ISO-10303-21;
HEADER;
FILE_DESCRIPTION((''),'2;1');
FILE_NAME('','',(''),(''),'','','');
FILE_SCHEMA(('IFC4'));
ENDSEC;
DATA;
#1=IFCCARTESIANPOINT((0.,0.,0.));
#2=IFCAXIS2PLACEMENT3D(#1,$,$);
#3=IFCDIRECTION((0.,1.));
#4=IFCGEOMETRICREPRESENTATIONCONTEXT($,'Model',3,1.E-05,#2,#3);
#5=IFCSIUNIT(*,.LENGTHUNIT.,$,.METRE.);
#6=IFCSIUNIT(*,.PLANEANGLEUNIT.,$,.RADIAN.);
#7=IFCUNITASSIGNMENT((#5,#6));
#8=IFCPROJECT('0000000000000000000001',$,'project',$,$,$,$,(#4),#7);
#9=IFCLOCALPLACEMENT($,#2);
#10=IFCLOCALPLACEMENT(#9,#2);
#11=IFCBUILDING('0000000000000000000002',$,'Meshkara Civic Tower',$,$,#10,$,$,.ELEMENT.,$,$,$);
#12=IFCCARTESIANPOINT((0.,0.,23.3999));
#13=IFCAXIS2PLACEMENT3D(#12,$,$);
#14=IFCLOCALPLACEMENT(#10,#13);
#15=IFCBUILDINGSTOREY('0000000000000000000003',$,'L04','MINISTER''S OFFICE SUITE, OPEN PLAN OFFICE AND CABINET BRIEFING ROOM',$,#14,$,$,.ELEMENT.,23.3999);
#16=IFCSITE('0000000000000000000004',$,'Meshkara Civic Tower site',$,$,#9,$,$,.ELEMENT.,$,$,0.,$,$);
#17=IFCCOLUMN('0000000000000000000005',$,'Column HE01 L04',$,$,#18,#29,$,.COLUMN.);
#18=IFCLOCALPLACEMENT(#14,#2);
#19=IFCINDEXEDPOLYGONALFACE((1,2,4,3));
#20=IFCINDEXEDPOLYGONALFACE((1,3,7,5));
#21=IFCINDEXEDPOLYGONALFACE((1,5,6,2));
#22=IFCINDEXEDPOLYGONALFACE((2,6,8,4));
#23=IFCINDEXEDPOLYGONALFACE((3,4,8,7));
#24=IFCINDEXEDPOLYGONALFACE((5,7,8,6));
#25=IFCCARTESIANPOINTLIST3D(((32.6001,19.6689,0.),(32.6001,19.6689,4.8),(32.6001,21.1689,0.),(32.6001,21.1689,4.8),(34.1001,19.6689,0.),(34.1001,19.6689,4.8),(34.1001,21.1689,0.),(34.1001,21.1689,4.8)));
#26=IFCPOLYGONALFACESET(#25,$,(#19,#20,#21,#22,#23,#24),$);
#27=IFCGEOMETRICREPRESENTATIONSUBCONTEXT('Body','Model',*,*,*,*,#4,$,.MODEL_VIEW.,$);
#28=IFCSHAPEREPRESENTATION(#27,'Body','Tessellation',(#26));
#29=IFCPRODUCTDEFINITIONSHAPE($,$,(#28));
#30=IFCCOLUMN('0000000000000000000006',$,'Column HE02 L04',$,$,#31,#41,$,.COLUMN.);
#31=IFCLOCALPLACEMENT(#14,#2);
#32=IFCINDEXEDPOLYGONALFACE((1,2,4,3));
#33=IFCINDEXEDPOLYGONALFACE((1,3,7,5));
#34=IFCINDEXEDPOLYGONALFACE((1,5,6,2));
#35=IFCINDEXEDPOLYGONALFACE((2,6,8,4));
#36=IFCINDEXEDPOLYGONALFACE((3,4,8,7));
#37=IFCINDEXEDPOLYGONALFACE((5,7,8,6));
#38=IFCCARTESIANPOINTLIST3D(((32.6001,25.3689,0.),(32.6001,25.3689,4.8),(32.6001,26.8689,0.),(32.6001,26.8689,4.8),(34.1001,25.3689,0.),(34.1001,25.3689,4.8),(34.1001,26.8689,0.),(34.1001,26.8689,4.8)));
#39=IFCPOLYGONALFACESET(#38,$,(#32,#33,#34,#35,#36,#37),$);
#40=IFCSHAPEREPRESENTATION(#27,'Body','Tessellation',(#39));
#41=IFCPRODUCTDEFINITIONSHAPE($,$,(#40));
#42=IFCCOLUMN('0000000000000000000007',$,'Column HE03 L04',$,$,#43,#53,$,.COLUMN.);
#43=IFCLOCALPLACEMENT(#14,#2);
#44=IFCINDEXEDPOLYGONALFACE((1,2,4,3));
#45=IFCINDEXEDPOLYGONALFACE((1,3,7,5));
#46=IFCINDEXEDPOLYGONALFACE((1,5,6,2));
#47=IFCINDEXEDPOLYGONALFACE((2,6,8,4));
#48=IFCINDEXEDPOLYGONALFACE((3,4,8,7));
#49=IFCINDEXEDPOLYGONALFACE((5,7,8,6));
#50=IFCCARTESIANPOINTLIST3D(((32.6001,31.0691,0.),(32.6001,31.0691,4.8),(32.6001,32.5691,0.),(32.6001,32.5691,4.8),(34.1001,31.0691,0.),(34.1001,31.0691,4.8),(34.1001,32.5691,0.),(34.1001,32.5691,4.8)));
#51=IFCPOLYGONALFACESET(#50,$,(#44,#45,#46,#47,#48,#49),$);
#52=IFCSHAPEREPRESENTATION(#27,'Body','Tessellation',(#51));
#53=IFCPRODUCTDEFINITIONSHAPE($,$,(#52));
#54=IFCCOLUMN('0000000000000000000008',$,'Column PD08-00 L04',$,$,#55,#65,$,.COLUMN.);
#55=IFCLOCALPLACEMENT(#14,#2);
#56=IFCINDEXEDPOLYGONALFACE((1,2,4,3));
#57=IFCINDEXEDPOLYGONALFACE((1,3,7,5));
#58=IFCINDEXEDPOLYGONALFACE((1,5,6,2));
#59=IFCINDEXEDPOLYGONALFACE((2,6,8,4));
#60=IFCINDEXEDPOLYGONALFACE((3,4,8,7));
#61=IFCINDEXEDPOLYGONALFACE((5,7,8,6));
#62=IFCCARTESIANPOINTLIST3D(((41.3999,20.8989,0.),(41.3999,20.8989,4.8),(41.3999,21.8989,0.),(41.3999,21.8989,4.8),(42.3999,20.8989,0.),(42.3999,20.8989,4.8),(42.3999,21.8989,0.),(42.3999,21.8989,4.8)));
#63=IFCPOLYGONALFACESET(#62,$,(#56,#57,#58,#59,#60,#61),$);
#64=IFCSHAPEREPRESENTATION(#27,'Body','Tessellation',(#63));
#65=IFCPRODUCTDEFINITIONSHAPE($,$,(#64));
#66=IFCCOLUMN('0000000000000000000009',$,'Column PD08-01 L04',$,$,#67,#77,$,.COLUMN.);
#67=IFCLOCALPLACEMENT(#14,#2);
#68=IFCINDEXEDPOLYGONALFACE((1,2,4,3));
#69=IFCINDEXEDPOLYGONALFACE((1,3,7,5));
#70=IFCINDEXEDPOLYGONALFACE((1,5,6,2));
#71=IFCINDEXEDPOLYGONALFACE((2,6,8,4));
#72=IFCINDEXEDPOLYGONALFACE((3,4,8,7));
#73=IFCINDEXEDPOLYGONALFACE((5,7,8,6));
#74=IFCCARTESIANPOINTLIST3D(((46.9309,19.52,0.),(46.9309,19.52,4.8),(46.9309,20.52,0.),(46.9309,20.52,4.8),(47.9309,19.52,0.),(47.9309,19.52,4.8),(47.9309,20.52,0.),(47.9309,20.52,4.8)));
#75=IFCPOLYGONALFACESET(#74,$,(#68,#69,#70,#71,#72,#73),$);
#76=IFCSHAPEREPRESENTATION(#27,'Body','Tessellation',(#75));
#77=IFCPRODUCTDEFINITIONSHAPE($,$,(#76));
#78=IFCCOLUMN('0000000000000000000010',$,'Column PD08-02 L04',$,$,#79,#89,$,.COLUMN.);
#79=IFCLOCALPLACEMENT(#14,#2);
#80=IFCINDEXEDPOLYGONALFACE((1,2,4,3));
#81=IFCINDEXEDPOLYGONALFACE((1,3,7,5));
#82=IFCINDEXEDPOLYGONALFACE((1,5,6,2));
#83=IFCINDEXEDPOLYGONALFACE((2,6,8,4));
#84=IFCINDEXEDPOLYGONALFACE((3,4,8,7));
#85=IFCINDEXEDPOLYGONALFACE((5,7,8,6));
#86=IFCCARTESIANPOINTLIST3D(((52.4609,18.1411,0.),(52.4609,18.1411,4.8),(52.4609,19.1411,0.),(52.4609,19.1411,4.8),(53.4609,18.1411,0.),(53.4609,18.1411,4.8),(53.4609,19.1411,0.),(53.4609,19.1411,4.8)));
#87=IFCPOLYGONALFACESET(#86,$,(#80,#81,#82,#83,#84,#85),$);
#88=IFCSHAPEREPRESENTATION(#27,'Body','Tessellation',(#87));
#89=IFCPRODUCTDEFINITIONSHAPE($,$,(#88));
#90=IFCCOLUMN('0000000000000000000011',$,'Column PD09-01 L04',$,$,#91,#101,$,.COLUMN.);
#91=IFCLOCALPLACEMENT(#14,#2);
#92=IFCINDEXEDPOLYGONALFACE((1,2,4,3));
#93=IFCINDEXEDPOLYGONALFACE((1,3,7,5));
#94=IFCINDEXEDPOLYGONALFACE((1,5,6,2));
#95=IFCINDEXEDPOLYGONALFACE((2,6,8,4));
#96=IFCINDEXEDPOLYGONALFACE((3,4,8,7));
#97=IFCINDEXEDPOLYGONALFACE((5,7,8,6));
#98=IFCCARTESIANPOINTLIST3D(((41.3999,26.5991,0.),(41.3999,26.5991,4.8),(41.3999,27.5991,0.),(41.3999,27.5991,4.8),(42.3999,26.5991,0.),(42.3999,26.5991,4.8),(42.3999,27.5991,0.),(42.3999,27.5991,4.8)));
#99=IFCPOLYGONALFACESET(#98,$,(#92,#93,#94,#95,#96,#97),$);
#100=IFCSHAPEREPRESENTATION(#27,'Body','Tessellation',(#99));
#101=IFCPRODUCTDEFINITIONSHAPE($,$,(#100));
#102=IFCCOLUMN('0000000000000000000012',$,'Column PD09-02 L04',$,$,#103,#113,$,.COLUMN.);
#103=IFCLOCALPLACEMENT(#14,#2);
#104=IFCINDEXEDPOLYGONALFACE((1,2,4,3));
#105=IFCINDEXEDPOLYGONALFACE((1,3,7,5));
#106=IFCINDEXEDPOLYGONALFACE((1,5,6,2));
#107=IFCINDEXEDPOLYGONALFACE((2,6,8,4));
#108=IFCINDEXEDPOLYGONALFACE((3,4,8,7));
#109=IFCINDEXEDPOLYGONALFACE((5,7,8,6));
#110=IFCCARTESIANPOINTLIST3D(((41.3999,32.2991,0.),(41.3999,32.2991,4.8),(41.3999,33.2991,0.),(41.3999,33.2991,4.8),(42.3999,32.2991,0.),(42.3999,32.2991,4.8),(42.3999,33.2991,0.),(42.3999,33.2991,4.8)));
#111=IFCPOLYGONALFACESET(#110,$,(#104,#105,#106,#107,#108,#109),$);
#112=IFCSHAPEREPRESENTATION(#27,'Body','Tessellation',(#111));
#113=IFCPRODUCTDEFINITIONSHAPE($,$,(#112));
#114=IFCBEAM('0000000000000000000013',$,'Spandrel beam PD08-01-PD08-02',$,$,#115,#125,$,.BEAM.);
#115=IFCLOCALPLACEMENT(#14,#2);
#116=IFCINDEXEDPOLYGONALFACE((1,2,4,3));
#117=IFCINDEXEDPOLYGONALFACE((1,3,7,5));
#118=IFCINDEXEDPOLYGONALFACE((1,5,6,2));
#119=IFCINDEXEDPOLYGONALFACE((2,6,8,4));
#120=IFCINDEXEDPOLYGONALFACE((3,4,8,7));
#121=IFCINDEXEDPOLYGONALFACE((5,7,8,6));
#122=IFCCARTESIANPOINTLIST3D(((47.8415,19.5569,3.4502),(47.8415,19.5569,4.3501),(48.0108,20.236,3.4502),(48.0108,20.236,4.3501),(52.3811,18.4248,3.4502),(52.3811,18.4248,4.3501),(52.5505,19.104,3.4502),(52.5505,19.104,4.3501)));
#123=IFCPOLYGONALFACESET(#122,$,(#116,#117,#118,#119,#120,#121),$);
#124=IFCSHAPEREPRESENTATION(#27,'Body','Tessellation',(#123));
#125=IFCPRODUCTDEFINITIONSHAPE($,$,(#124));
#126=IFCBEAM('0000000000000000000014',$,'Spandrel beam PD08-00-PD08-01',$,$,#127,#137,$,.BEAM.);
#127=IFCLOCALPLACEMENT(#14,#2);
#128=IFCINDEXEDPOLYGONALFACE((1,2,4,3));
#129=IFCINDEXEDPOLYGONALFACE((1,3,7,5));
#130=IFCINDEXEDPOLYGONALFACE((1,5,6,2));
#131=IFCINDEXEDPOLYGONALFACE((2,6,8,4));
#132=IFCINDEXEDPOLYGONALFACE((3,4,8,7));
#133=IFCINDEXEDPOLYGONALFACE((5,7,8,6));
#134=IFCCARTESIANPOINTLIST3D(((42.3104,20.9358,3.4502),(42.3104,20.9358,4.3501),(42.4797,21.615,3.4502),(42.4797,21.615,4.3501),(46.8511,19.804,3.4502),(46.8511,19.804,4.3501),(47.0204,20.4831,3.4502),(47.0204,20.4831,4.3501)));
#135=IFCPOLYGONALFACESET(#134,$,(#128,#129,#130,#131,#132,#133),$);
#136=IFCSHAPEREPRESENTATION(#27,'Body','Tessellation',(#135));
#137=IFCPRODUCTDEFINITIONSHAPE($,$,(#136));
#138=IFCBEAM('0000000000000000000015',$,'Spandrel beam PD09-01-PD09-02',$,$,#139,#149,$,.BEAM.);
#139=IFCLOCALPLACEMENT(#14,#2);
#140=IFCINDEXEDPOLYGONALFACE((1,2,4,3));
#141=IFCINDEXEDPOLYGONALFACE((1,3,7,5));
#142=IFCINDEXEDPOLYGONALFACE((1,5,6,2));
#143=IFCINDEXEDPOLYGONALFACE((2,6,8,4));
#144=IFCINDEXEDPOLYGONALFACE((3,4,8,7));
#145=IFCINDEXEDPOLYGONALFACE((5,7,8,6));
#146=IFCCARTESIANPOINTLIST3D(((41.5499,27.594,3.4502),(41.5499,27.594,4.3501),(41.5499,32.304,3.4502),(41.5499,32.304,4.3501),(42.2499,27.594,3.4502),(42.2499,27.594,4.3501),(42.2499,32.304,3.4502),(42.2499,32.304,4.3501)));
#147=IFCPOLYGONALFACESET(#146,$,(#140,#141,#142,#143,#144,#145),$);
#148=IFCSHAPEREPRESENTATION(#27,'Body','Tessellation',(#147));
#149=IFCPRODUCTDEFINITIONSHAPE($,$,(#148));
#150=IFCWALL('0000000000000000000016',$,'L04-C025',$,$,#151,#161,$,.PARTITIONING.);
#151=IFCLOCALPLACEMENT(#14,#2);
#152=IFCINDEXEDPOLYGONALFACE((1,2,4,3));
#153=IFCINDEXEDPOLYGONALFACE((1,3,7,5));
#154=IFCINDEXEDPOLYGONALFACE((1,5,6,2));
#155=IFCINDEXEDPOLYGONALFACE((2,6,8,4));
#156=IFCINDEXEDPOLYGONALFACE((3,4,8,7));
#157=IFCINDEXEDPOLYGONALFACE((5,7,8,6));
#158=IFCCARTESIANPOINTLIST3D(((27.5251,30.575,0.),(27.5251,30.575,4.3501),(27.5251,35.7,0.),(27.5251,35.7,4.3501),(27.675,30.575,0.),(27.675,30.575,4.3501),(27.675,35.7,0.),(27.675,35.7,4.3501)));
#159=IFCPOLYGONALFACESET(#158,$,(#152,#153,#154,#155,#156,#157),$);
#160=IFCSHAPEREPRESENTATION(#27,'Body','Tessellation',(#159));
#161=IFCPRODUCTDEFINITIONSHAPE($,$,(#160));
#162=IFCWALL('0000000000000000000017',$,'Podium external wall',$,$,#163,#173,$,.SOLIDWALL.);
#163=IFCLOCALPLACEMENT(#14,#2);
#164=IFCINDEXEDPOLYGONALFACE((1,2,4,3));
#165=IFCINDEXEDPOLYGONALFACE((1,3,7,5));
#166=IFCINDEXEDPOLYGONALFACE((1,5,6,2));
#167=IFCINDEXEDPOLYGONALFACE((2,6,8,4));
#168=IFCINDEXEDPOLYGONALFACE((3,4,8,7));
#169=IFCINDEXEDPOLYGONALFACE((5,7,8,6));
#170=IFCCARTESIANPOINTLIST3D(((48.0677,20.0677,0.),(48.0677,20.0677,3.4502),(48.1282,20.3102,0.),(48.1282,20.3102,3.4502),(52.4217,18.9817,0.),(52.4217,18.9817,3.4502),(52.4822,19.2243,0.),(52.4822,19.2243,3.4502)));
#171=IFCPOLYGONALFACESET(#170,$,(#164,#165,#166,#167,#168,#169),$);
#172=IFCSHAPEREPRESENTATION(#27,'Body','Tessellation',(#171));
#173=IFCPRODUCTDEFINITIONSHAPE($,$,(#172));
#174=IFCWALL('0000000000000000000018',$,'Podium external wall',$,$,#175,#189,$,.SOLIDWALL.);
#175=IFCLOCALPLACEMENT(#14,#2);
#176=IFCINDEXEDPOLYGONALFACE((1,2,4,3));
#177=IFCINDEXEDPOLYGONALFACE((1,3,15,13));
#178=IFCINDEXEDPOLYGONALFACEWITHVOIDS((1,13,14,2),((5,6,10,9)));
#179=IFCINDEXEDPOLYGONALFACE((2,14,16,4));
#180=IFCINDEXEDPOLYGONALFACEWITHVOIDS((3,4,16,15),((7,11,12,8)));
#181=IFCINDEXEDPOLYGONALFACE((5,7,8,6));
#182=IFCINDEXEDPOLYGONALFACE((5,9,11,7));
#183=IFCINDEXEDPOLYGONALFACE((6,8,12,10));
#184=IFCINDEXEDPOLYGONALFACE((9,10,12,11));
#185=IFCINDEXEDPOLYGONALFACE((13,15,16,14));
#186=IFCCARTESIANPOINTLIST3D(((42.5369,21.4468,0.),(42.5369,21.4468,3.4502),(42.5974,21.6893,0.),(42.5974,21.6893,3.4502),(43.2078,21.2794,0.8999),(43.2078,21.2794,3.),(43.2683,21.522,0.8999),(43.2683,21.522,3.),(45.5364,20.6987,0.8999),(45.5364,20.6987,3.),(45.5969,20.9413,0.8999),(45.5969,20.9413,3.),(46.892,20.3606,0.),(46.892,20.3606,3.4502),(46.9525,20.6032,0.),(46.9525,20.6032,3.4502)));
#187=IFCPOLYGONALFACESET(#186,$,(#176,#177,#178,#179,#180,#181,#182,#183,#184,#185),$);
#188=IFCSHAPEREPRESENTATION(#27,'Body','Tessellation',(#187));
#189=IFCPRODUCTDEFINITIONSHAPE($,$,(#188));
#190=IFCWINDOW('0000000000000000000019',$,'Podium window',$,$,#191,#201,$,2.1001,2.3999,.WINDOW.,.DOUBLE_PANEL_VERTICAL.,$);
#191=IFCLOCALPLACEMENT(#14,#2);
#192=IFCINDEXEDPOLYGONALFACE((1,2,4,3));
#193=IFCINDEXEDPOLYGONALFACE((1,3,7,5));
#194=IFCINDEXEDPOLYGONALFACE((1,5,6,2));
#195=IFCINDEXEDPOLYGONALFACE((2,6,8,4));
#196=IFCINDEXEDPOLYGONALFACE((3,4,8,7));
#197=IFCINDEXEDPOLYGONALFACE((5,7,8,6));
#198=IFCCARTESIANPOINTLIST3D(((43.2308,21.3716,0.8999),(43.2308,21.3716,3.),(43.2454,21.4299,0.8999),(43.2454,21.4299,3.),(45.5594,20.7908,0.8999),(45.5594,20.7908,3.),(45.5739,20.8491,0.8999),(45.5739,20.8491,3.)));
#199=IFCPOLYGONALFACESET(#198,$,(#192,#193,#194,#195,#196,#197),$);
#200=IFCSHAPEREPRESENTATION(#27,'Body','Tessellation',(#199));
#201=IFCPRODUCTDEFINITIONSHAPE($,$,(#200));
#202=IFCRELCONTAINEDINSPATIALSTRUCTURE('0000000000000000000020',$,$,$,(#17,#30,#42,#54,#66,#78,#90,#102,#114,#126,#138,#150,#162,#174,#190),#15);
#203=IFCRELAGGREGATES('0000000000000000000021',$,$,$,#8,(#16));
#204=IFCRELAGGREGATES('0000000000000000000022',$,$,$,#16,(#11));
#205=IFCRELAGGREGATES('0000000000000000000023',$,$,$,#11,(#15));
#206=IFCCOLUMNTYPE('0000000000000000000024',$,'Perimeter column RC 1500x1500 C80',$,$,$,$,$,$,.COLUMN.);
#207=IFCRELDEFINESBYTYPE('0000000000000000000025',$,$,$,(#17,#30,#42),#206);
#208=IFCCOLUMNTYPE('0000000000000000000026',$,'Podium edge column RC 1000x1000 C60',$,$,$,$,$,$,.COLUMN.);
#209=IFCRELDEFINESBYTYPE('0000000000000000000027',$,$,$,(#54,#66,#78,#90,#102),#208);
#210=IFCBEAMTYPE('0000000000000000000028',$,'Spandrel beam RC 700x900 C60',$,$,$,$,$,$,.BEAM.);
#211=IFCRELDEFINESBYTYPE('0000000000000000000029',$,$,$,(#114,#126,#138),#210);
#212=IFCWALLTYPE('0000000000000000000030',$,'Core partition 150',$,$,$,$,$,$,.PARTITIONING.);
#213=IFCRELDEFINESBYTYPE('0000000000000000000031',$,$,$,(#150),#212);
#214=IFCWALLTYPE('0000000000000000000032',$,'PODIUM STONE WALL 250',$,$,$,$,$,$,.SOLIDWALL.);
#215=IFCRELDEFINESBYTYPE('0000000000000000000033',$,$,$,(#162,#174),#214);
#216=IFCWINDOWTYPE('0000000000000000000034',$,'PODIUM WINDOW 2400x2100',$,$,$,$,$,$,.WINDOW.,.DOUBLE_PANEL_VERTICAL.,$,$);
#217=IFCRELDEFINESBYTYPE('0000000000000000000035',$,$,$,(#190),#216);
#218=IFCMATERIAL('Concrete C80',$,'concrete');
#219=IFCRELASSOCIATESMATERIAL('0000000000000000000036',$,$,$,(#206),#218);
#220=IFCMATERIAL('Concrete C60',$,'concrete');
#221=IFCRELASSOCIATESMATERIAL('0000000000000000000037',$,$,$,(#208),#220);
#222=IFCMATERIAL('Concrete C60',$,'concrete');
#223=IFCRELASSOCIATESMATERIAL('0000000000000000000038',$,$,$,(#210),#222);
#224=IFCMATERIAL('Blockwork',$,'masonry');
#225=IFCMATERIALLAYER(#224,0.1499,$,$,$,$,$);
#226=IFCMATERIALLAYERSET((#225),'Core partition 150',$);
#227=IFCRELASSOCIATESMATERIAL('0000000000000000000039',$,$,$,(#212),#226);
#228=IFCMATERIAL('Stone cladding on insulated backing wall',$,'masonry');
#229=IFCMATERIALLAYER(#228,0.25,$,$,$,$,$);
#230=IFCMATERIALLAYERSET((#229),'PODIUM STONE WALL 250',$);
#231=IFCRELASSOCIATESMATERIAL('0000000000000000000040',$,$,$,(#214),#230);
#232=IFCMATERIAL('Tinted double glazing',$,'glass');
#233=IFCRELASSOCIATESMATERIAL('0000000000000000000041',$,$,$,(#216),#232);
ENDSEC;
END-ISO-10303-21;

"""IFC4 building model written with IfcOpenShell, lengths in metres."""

from ifc_helpers import new_model, si_unit, direction, frame, frame_2d, origin, origin_2d, place, context, subcontext, project, spatial, rectangle, extrude, material, layer, layer_set, material_profile, profile_set, type_object, element, fill, save


model = new_model("IFC4")

# Units and contexts
model_context = context("Model", 3, precision=1e-05, world=origin(), true_north=direction((0.0, 1.0)))
body_context = subcontext(model_context, "Body", "Model", "MODEL_VIEW")
ifc_project = project(units=[si_unit("LENGTHUNIT", "METRE"), si_unit("PLANEANGLEUNIT", "RADIAN")], contexts=[model_context])

# Site, building, storey
site_placement = place(None, origin())
site = spatial("IfcSite", under=ifc_project, at=site_placement, Name="Meshkara Civic Tower site", CompositionType="ELEMENT", RefElevation=0.0)
building_placement = place(site_placement, origin())
building = spatial("IfcBuilding", under=site, at=building_placement, Name="Meshkara Civic Tower", CompositionType="ELEMENT")
storey_placement = place(building_placement, frame((0.0, 0.0, 23.3999)))
storey = spatial("IfcBuildingStorey", under=building, at=storey_placement, Name="L04", Description="MINISTER'S OFFICE SUITE, OPEN PLAN OFFICE AND CABINET BRIEFING ROOM", CompositionType="ELEMENT", Elevation=23.3999)

# Columns
ifc_material_1 = material(Name="Concrete C80", Category="concrete")
ifc_material_profile_1 = material_profile(ifc_material_1, rectangle(XDim=1.5, YDim=1.5, at=origin_2d()))
ifc_profile_set_1 = profile_set([ifc_material_profile_1], Name="Concrete C80")
column_type_1 = type_object("IfcColumnType", Name="Perimeter column RC 1500x1500 C80", PredefinedType="COLUMN", material=ifc_profile_set_1)
for number, where, z_axis, x_axis, name in (
    (1, (33.3501, 20.4189, 0.0), (0.0, 0.0, 1.0), (1.0, 0.0, 0.0), "Column HE01 L04"),
    (2, (33.3501, 26.1189, 0.0), (0.0, 0.0, 1.0), (1.0, 0.0, 0.0), "Column HE02 L04"),
    (3, (33.3501, 31.8191, 0.0), (0.0, 0.0, 1.0), (1.0, 0.0, 0.0), "Column HE03 L04"),
):
    element("IfcColumn", number, at=place(storey_placement, frame(where, z_axis=z_axis, x_axis=x_axis)), inside=storey, type_object=column_type_1, Name=name, PredefinedType="COLUMN", context=body_context, shape_type="SweptSolid", body=[
        extrude(rectangle(XDim=1.5, YDim=1.5, at=origin_2d()), origin(), (0.0, 0.0, 1.0), 4.8),
    ])
ifc_material_2 = material(Name="Concrete C60", Category="concrete")
ifc_material_profile_2 = material_profile(ifc_material_2, rectangle(XDim=1.0, YDim=1.0, at=origin_2d()))
ifc_profile_set_2 = profile_set([ifc_material_profile_2], Name="Concrete C60")
column_type_2 = type_object("IfcColumnType", Name="Podium edge column RC 1000x1000 C60", PredefinedType="COLUMN", material=ifc_profile_set_2)
for number, where, z_axis, x_axis, name in (
    (4, (41.8999, 21.3989, 0.0), (0.0, 0.0, 1.0), (1.0, 0.0, 0.0), "Column PD08-00 L04"),
    (5, (47.4309, 20.02, 0.0), (0.0, 0.0, 1.0), (1.0, 0.0, 0.0), "Column PD08-01 L04"),
    (6, (52.9609, 18.6411, 0.0), (0.0, 0.0, 1.0), (1.0, 0.0, 0.0), "Column PD08-02 L04"),
    (7, (41.8999, 27.0991, 0.0), (0.0, 0.0, 1.0), (1.0, 0.0, 0.0), "Column PD09-01 L04"),
    (8, (41.8999, 32.7991, 0.0), (0.0, 0.0, 1.0), (1.0, 0.0, 0.0), "Column PD09-02 L04"),
):
    element("IfcColumn", number, at=place(storey_placement, frame(where, z_axis=z_axis, x_axis=x_axis)), inside=storey, type_object=column_type_2, Name=name, PredefinedType="COLUMN", context=body_context, shape_type="SweptSolid", body=[
        extrude(rectangle(XDim=1.0, YDim=1.0, at=origin_2d()), origin(), (0.0, 0.0, 1.0), 4.8),
    ])

# Beams
ifc_material_3 = material(Name="Concrete C60", Category="concrete")
ifc_material_profile_3 = material_profile(ifc_material_3, rectangle(XDim=0.7, YDim=0.8999, at=origin_2d()))
ifc_profile_set_3 = profile_set([ifc_material_profile_3], Name="Concrete C60")
beam_type = type_object("IfcBeamType", Name="Spandrel beam RC 700x900 C60", PredefinedType="BEAM", material=ifc_profile_set_3)
beam_1_placement = place(storey_placement, frame((52.4658, 18.7644, 3.9001), z_axis=(-0.970287, 0.241959, 0.0), x_axis=(-0.241959, -0.970287, 0.0)))
element("IfcBeam", 9, at=beam_1_placement, inside=storey, type_object=beam_type, Name="Spandrel beam PD08-01-PD08-02", PredefinedType="BEAM", context=body_context, shape_type="SweptSolid", body=[
    extrude(rectangle(XDim=0.7, YDim=0.8999, at=origin_2d()), origin(), (0.0, 0.0, 1.0), 4.6787),
])
beam_2_placement = place(storey_placement, frame((46.9358, 20.1436, 3.9001), z_axis=(-0.970311, 0.24186, 0.0), x_axis=(-0.24186, -0.970311, 0.0)))
element("IfcBeam", 10, at=beam_2_placement, inside=storey, type_object=beam_type, Name="Spandrel beam PD08-00-PD08-01", PredefinedType="BEAM", context=body_context, shape_type="SweptSolid", body=[
    extrude(rectangle(XDim=0.7, YDim=0.8999, at=origin_2d()), origin(), (0.0, 0.0, 1.0), 4.6797),
])
beam_3_placement = place(storey_placement, frame((41.8999, 27.594, 3.9001), z_axis=(0.0, 1.0, 0.0), x_axis=(-1.0, 0.0, 0.0)))
element("IfcBeam", 11, at=beam_3_placement, inside=storey, type_object=beam_type, Name="Spandrel beam PD09-01-PD09-02", PredefinedType="BEAM", context=body_context, shape_type="SweptSolid", body=[
    extrude(rectangle(XDim=0.7, YDim=0.8999, at=origin_2d()), origin(), (0.0, 0.0, 1.0), 4.71),
])

# Walls
ifc_material_4 = material(Name="Blockwork", Category="masonry")
ifc_layer_1 = layer(ifc_material_4, 0.1499)
ifc_layer_set_1 = layer_set([ifc_layer_1], Name="Core partition 150")
wall_type_1 = type_object("IfcWallType", Name="Core partition 150", PredefinedType="PARTITIONING", material=ifc_layer_set_1)
wall_1_placement = place(storey_placement, frame((27.6001, 30.575, 0.0), z_axis=(0.0, 0.0, 1.0), x_axis=(0.0, 1.0, 0.0)))
element("IfcWall", 12, at=wall_1_placement, inside=storey, type_object=wall_type_1, Name="L04-C025", PredefinedType="PARTITIONING", context=body_context, shape_type="SweptSolid", body=[
    extrude(rectangle(XDim=5.125, YDim=0.1499, at=frame_2d((2.5625, 0.0))), origin(), (0.0, 0.0, 1.0), 4.3501),
])
ifc_material_5 = material(Name="Stone cladding on insulated backing wall", Category="masonry")
ifc_layer_2 = layer(ifc_material_5, 0.25)
ifc_layer_set_2 = layer_set([ifc_layer_2], Name="PODIUM STONE WALL 250")
wall_type_2 = type_object("IfcWallType", Name="PODIUM STONE WALL 250", PredefinedType="SOLIDWALL", material=ifc_layer_set_2)
wall_2_placement = place(storey_placement, frame((52.4519, 19.103, 0.0), z_axis=(0.0, 0.0, 1.0), x_axis=(-0.970277, 0.241998, 0.0)))
element("IfcWall", 13, at=wall_2_placement, inside=storey, type_object=wall_type_2, Name="Podium external wall", PredefinedType="SOLIDWALL", context=body_context, shape_type="SweptSolid", body=[
    extrude(rectangle(XDim=4.4873, YDim=0.25, at=frame_2d((2.2437, 0.0))), origin(), (0.0, 0.0, 1.0), 3.4502),
])

# Wall, opening, window
wall_3_placement = place(storey_placement, frame((46.9221, 20.4819, 0.0), z_axis=(0.0, 0.0, 1.0), x_axis=(-0.97028, 0.241985, 0.0)))
wall_3 = element("IfcWall", 14, at=wall_3_placement, inside=storey, type_object=wall_type_2, Name="Podium external wall", PredefinedType="SOLIDWALL", context=body_context, shape_type="SweptSolid", body=[
    extrude(rectangle(XDim=4.4885, YDim=0.25, at=frame_2d((2.2441, 0.0))), origin(), (0.0, 0.0, 1.0), 3.4502),
])
opening_1_placement = place(wall_3_placement, frame((1.397, 0.0, 0.8999)))
opening_1 = element("IfcOpeningElement", 15, at=opening_1_placement, cuts=wall_3, PredefinedType="OPENING", context=body_context, shape_type="SweptSolid", body=[
    extrude(rectangle(XDim=2.3999, YDim=2.1001, at=frame_2d((1.2, 1.05))), frame((0.0, 0.135, 0.0), z_axis=(0.0, -1.0, 0.0), x_axis=(1.0, 0.0, 0.0)), (0.0, 0.0, 1.0), 0.27),
])
ifc_material_6 = material(Name="Tinted double glazing", Category="glass")
window_type = type_object("IfcWindowType", Name="PODIUM WINDOW 2400x2100", PartitioningType="DOUBLE_PANEL_VERTICAL", PredefinedType="WINDOW", material=ifc_material_6)
window_1_placement = place(opening_1_placement, origin())
window_1 = element("IfcWindow", 16, at=window_1_placement, inside=storey, type_object=window_type, Name="Podium window", OverallHeight=2.1001, OverallWidth=2.3999, PartitioningType="DOUBLE_PANEL_VERTICAL", PredefinedType="WINDOW", context=body_context, shape_type="SweptSolid", body=[
    extrude(rectangle(XDim=2.3999, YDim=2.1001, at=frame_2d((1.2, 1.05))), frame((0.0, 0.03, 0.0), z_axis=(0.0, -1.0, 0.0), x_axis=(1.0, 0.0, 0.0)), (0.0, 0.0, 1.0), 0.0601),
])
fill(opening_1, window_1)

save(model, "model.ifc")
